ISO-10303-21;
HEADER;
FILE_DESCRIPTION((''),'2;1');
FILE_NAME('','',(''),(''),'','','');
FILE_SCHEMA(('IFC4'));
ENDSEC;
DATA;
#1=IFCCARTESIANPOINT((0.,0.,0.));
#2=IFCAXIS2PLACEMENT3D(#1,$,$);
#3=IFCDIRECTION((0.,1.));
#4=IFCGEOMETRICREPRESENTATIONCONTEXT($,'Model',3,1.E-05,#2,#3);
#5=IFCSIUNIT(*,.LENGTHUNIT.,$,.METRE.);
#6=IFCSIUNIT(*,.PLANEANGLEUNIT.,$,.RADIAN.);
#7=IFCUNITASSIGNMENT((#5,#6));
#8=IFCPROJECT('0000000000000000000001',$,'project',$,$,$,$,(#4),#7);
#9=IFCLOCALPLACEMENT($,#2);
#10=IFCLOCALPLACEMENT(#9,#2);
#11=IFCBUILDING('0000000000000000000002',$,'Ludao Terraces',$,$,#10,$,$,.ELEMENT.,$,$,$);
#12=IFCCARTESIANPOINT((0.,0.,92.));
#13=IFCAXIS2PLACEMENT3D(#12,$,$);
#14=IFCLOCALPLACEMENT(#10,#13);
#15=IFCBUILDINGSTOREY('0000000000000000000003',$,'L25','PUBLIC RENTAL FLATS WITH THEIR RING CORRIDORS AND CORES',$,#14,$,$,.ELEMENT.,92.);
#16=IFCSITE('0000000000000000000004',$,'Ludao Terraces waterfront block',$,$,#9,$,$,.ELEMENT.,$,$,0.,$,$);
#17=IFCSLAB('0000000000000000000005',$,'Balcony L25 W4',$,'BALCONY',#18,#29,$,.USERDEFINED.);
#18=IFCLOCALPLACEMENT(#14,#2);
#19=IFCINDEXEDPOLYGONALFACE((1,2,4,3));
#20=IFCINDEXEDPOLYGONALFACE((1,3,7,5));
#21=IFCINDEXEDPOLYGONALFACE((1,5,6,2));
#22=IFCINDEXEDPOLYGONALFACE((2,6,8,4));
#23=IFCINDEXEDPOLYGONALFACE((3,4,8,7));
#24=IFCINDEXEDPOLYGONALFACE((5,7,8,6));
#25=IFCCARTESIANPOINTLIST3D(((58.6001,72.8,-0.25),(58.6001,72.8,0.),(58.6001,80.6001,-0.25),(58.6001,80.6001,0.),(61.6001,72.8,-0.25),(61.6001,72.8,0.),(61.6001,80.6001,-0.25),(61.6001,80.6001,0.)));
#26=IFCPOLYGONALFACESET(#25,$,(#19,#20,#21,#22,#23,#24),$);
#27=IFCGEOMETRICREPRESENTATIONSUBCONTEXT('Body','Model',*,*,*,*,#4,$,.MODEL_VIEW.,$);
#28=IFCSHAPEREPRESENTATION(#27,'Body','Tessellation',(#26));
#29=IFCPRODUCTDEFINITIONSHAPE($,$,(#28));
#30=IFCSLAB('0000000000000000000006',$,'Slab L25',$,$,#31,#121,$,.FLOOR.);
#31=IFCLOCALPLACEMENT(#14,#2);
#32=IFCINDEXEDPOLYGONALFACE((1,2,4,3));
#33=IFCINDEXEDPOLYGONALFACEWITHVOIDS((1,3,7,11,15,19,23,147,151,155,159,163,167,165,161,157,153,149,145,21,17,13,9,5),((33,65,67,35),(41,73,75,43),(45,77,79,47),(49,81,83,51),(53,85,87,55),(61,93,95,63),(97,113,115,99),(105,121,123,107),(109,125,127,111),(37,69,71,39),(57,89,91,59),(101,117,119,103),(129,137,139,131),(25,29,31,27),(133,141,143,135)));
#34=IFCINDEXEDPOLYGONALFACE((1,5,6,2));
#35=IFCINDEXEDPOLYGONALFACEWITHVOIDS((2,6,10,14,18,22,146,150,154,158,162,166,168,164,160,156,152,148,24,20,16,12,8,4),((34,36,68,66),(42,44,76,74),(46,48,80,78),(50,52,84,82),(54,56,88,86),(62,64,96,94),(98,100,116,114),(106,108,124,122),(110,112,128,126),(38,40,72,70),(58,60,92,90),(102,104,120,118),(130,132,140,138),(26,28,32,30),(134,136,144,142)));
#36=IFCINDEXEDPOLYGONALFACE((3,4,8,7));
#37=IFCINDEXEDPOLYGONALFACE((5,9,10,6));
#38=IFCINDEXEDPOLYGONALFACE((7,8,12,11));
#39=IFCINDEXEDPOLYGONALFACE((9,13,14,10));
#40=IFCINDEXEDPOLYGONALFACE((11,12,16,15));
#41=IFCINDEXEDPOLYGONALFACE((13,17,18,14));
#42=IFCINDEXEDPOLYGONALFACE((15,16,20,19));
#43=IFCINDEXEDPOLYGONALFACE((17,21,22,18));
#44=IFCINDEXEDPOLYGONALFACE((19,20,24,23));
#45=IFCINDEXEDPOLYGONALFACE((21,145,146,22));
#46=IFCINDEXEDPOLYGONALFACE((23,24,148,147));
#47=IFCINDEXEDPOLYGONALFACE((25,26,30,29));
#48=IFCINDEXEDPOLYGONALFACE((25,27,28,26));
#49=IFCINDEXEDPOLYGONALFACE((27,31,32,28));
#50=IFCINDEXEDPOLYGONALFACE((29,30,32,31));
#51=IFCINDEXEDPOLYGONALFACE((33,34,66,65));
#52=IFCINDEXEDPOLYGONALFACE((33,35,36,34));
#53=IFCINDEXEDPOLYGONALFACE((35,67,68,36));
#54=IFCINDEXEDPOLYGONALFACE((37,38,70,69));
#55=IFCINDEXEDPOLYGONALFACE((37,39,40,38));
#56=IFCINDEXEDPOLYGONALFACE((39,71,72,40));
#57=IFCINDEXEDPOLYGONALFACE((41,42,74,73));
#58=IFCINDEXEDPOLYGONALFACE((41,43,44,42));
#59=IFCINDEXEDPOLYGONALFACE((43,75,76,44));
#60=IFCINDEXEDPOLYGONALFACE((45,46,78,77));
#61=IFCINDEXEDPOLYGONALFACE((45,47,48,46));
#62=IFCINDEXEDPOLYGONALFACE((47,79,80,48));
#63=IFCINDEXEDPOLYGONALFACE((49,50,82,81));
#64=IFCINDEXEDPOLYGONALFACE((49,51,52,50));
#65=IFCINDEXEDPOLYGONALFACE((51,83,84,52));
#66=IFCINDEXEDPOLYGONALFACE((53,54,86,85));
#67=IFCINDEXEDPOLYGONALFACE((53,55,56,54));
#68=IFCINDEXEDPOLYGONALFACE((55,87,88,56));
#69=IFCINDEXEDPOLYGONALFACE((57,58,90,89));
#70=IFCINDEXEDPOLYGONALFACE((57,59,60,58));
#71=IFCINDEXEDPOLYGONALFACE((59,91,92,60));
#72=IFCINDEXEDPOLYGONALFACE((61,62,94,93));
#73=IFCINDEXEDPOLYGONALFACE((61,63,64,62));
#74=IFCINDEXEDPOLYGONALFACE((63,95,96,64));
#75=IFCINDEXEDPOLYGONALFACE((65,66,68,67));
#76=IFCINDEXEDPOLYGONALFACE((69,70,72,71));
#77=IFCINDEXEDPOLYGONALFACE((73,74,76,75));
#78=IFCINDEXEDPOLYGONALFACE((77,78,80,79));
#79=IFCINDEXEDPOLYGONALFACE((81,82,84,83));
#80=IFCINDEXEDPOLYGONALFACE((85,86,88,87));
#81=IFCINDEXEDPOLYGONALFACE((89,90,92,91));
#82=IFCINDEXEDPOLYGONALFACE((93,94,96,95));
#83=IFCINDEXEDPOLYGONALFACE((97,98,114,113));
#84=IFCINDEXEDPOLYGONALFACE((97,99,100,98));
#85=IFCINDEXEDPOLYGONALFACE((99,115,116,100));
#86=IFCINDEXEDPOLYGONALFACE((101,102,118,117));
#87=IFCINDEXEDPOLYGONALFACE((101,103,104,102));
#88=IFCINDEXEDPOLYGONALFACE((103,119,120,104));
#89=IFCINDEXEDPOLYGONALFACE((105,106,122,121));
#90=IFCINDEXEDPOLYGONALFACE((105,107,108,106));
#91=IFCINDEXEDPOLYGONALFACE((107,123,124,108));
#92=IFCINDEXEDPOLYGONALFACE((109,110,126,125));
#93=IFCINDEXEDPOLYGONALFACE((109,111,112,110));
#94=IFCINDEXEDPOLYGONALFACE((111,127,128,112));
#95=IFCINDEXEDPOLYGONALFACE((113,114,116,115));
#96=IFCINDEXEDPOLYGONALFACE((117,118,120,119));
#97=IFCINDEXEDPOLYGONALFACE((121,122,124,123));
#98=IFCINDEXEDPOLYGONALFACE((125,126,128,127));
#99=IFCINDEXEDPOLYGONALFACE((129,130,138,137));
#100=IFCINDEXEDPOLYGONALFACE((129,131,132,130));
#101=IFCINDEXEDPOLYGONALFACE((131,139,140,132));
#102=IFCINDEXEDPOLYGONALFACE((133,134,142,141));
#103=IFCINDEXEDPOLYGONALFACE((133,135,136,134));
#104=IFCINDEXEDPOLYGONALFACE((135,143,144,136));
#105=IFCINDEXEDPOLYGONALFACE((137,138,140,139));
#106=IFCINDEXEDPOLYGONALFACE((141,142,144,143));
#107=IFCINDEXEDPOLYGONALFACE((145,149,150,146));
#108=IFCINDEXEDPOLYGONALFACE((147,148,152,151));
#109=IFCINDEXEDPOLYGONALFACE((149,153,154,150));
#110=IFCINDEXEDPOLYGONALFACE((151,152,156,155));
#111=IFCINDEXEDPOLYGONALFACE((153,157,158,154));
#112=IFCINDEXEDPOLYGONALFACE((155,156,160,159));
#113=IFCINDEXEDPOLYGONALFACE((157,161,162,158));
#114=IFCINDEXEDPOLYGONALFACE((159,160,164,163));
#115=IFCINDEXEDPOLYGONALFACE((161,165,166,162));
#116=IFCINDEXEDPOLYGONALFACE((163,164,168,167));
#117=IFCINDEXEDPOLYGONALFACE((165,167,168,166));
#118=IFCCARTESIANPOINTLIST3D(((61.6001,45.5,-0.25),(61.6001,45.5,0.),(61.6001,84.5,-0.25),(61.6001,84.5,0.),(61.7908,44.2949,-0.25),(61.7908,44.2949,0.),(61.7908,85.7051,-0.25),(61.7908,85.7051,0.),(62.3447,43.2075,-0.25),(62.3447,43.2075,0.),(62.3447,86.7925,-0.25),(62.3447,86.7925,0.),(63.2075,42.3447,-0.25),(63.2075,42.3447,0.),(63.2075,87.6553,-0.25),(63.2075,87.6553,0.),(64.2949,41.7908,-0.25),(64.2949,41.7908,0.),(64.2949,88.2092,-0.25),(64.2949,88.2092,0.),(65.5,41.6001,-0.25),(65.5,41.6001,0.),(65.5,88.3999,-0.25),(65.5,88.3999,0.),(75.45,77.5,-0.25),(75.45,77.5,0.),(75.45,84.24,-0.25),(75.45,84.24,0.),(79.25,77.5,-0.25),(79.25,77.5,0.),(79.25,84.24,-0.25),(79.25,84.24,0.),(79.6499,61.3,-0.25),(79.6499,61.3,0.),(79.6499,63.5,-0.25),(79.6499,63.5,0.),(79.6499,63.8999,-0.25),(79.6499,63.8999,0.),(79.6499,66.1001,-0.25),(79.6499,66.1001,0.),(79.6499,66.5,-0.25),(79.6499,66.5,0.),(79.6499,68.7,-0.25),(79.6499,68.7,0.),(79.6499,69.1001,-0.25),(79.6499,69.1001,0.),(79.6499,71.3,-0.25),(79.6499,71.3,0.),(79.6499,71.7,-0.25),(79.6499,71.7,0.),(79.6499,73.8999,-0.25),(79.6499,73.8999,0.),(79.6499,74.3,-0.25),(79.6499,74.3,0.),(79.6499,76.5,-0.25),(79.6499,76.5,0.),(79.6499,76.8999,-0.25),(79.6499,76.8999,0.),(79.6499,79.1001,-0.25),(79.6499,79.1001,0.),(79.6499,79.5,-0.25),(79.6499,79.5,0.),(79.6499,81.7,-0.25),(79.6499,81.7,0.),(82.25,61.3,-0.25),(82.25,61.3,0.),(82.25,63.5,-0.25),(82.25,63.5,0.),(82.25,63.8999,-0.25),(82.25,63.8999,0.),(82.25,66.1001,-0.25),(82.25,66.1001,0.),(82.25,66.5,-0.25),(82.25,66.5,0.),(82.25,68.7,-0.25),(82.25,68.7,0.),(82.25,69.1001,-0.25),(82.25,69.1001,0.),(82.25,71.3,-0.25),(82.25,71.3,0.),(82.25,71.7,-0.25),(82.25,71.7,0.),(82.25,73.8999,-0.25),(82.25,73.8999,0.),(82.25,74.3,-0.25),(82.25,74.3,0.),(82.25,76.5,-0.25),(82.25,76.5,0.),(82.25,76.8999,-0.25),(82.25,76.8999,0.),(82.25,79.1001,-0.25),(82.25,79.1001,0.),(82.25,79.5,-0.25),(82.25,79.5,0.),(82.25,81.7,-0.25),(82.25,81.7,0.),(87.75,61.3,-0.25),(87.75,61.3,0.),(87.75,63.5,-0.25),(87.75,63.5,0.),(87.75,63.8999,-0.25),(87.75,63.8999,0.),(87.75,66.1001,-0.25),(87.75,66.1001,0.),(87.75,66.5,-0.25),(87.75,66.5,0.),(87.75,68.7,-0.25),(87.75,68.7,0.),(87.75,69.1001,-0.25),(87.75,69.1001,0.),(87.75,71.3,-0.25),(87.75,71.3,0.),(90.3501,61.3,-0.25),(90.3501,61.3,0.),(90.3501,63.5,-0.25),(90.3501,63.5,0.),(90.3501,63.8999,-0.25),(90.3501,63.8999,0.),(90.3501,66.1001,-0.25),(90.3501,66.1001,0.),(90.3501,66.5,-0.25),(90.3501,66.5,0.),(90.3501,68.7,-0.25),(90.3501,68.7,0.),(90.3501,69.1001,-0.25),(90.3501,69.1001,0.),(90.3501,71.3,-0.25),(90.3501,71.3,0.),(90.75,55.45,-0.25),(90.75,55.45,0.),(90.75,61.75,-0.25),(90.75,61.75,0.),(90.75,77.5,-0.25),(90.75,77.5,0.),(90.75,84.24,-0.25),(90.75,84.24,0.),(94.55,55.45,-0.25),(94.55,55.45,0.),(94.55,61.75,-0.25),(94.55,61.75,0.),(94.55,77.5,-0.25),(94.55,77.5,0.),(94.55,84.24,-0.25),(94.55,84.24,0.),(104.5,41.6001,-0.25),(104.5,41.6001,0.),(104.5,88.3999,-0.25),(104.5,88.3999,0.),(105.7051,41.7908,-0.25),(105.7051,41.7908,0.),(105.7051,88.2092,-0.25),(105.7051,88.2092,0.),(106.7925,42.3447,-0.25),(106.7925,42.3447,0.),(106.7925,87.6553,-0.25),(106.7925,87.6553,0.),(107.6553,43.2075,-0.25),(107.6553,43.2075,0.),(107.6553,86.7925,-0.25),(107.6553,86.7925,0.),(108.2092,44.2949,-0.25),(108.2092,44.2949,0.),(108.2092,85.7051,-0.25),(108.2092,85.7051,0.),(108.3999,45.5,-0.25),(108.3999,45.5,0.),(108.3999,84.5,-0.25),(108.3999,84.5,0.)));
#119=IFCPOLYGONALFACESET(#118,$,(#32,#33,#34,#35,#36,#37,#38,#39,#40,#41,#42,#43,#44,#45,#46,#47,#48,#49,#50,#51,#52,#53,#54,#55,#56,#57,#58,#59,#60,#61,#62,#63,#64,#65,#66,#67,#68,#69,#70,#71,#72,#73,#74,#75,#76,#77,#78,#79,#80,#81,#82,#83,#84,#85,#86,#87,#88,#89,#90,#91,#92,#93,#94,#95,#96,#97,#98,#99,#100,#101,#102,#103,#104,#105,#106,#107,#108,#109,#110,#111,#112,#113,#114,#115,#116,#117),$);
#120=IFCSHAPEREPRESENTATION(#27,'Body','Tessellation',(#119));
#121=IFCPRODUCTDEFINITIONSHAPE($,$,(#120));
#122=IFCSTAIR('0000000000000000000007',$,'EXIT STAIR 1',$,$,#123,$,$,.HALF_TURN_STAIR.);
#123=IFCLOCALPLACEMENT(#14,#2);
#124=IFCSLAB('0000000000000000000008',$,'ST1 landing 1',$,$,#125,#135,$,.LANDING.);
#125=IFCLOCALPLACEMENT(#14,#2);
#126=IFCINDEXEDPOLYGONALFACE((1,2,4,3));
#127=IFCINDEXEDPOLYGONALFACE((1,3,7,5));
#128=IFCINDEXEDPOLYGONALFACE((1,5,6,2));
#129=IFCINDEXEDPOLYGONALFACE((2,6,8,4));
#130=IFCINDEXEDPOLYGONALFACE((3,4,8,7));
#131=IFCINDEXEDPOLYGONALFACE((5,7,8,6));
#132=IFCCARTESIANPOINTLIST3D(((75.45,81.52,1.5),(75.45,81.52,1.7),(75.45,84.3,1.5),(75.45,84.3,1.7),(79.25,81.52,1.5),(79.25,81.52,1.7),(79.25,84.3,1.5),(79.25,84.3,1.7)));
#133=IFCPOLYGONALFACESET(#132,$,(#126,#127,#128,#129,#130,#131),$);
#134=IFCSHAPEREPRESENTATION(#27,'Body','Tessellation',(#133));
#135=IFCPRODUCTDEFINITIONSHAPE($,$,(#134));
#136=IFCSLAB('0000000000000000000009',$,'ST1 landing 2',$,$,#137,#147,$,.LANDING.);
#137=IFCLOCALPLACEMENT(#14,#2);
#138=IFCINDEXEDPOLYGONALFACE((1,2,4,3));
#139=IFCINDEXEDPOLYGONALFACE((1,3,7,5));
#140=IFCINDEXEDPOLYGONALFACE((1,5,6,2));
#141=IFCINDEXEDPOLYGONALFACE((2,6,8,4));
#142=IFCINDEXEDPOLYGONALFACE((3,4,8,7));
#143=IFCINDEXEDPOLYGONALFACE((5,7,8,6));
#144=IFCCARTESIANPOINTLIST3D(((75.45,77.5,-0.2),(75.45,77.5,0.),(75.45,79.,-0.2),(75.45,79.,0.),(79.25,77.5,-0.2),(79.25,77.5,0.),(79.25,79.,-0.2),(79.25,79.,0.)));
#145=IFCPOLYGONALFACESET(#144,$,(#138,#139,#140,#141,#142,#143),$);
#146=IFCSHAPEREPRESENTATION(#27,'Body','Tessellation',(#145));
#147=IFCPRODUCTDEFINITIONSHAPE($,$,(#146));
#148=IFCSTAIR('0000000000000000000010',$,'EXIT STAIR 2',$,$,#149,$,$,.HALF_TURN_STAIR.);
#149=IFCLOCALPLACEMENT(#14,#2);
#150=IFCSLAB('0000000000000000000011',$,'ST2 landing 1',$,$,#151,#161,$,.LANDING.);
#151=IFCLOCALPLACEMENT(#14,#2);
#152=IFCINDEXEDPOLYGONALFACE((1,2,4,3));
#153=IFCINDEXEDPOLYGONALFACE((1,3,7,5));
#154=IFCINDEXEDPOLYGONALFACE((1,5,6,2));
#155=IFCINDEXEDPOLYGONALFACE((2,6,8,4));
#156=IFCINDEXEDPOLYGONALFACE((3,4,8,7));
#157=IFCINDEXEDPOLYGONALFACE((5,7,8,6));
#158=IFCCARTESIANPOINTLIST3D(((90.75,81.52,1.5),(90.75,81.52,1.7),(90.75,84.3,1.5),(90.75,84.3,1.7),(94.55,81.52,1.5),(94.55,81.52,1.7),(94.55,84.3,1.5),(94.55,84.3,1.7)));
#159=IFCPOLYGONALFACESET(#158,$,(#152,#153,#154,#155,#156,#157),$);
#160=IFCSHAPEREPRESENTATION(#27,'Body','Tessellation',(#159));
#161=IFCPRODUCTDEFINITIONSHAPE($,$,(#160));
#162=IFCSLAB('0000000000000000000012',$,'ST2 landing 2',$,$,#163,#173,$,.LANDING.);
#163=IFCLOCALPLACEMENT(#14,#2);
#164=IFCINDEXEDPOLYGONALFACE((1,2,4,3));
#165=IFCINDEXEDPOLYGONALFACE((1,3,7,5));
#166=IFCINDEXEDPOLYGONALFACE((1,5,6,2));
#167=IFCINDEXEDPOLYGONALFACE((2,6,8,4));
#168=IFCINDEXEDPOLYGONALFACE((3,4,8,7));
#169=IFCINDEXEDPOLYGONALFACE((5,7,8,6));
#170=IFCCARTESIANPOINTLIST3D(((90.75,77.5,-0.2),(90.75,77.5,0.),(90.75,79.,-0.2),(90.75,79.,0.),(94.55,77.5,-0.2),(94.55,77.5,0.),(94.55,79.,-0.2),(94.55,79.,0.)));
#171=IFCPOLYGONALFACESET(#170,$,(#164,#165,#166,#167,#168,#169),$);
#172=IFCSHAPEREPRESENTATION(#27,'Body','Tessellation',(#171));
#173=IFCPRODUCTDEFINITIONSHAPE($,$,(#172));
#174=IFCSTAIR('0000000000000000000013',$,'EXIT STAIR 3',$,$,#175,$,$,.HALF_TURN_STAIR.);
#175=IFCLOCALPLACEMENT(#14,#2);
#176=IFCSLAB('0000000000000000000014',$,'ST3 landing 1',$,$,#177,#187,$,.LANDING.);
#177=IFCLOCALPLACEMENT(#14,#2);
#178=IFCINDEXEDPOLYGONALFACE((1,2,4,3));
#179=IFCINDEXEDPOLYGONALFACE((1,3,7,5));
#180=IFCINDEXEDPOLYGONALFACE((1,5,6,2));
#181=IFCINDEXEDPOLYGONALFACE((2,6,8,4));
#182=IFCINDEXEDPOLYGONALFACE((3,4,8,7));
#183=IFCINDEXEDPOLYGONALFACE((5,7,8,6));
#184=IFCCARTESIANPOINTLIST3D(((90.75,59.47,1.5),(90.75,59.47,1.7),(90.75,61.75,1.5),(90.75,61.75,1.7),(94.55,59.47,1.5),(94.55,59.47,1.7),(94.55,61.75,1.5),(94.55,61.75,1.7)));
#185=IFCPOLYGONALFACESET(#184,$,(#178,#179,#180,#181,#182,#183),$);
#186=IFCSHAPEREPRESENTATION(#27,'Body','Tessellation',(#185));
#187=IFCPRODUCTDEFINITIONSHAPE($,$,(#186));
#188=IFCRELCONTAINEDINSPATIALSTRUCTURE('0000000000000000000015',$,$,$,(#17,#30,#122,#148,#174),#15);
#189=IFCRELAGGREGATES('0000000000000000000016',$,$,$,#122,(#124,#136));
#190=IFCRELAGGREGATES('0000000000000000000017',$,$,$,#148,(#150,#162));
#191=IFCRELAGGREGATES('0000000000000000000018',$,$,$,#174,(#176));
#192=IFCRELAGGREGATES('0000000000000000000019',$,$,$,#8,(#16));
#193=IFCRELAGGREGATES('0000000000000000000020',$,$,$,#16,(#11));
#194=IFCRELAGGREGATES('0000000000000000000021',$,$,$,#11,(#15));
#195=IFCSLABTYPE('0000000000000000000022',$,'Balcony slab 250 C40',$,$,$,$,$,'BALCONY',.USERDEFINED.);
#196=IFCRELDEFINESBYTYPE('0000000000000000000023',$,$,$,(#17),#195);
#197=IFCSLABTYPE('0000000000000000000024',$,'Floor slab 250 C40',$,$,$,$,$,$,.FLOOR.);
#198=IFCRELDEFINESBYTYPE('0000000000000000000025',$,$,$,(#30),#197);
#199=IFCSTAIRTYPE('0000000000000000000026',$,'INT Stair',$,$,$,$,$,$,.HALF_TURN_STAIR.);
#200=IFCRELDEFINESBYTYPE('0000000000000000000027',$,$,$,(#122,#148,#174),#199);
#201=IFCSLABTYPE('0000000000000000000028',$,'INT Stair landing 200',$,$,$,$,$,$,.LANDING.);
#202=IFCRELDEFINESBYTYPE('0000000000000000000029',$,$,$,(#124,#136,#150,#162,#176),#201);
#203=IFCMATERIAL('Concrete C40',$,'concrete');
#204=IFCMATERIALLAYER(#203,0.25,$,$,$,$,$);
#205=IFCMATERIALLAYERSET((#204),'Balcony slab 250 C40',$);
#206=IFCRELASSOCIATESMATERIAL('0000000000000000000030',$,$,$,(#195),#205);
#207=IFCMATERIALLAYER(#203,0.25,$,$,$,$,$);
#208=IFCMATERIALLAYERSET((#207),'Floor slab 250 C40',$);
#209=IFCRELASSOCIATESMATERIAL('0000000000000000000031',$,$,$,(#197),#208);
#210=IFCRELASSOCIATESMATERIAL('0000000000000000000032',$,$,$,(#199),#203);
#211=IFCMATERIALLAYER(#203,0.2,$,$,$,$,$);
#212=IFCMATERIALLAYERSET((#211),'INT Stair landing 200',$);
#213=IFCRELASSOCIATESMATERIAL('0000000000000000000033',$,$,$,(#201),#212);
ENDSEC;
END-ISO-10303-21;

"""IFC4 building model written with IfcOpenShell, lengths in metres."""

from ifc_helpers import new_model, si_unit, direction, frame, origin, place, context, subcontext, project, spatial, polyline, outline, extrude, material, layer, layer_set, type_object, element, aggregate, save


model = new_model("IFC4")

# Units and contexts
model_context = context("Model", 3, precision=1e-05, world=origin(), true_north=direction((0.0, 1.0)))
body_context = subcontext(model_context, "Body", "Model", "MODEL_VIEW")
ifc_project = project(units=[si_unit("LENGTHUNIT", "METRE"), si_unit("PLANEANGLEUNIT", "RADIAN")], contexts=[model_context])

# Site, building, storey
site_placement = place(None, origin())
site = spatial("IfcSite", under=ifc_project, at=site_placement, Name="Ludao Terraces waterfront block", CompositionType="ELEMENT", RefElevation=0.0)
building_placement = place(site_placement, origin())
building = spatial("IfcBuilding", under=site, at=building_placement, Name="Ludao Terraces", CompositionType="ELEMENT")
storey_placement = place(building_placement, frame((0.0, 0.0, 92.0)))
storey = spatial("IfcBuildingStorey", under=building, at=storey_placement, Name="L25", Description="PUBLIC RENTAL FLATS WITH THEIR RING CORRIDORS AND CORES", CompositionType="ELEMENT", Elevation=92.0)

# Shared definitions
ifc_material_1 = material(Name="Concrete C40", Category="concrete")

# Slabs
ifc_layer_1 = layer(ifc_material_1, 0.25)
ifc_layer_set_1 = layer_set([ifc_layer_1], Name="Balcony slab 250 C40")
slab_type_1 = type_object("IfcSlabType", Name="Balcony slab 250 C40", ElementType="BALCONY", PredefinedType="USERDEFINED", material=ifc_layer_set_1)
slab_1_placement = place(storey_placement, frame((0.0, 0.0, -0.25)))
element("IfcSlab", 1, at=slab_1_placement, inside=storey, type_object=slab_type_1, Name="Balcony L25 W4", ObjectType="BALCONY", PredefinedType="USERDEFINED", context=body_context, shape_type="SweptSolid", body=[
    extrude(outline(polyline([(58.6001, 72.8), (61.6001, 72.8), (61.6001, 80.6001), (58.6001, 80.6001), (58.6001, 72.8)])), origin(), (0.0, 0.0, 1.0), 0.25),
])
ifc_layer_2 = layer(ifc_material_1, 0.25)
ifc_layer_set_2 = layer_set([ifc_layer_2], Name="Floor slab 250 C40")
slab_type_2 = type_object("IfcSlabType", Name="Floor slab 250 C40", PredefinedType="FLOOR", material=ifc_layer_set_2)
slab_2_placement = place(storey_placement, frame((0.0, 0.0, -0.25)))
element("IfcSlab", 2, at=slab_2_placement, inside=storey, type_object=slab_type_2, Name="Slab L25", PredefinedType="FLOOR", context=body_context, shape_type="SweptSolid", body=[
    extrude(outline(polyline([(104.5, 41.6001), (105.7051, 41.7908), (106.7925, 42.3447), (107.6553, 43.2075), (108.2092, 44.2949), (108.3999, 45.5), (108.3999, 84.5), (108.2092, 85.7051), (107.6553, 86.7925), (106.7925, 87.6553), (105.7051, 88.2092), (104.5, 88.3999), (65.5, 88.3999), (64.2949, 88.2092), (63.2075, 87.6553), (62.3447, 86.7925), (61.7908, 85.7051), (61.6001, 84.5), (61.6001, 45.5), (61.7908, 44.2949), (62.3447, 43.2075), (63.2075, 42.3447), (64.2949, 41.7908), (65.5, 41.6001), (104.5, 41.6001)]), holes=[polyline([(79.6499, 61.3), (82.25, 61.3), (82.25, 63.5), (79.6499, 63.5), (79.6499, 61.3)]), polyline([(79.6499, 63.8999), (82.25, 63.8999), (82.25, 66.1001), (79.6499, 66.1001), (79.6499, 63.8999)]), polyline([(79.6499, 66.5), (82.25, 66.5), (82.25, 68.7), (79.6499, 68.7), (79.6499, 66.5)]), polyline([(79.6499, 69.1001), (82.25, 69.1001), (82.25, 71.3), (79.6499, 71.3), (79.6499, 69.1001)]), polyline([(79.6499, 71.7), (82.25, 71.7), (82.25, 73.8999), (79.6499, 73.8999), (79.6499, 71.7)]), polyline([(79.6499, 74.3), (82.25, 74.3), (82.25, 76.5), (79.6499, 76.5), (79.6499, 74.3)]), polyline([(79.6499, 76.8999), (82.25, 76.8999), (82.25, 79.1001), (79.6499, 79.1001), (79.6499, 76.8999)]), polyline([(79.6499, 79.5), (82.25, 79.5), (82.25, 81.7), (79.6499, 81.7), (79.6499, 79.5)]), polyline([(87.75, 61.3), (90.3501, 61.3), (90.3501, 63.5), (87.75, 63.5), (87.75, 61.3)]), polyline([(87.75, 63.8999), (90.3501, 63.8999), (90.3501, 66.1001), (87.75, 66.1001), (87.75, 63.8999)]), polyline([(87.75, 66.5), (90.3501, 66.5), (90.3501, 68.7), (87.75, 68.7), (87.75, 66.5)]), polyline([(87.75, 69.1001), (90.3501, 69.1001), (90.3501, 71.3), (87.75, 71.3), (87.75, 69.1001)]), polyline([(75.45, 77.5), (79.25, 77.5), (79.25, 84.24), (75.45, 84.24), (75.45, 77.5)]), polyline([(90.75, 77.5), (94.55, 77.5), (94.55, 84.24), (90.75, 84.24), (90.75, 77.5)]), polyline([(90.75, 55.45), (94.55, 55.45), (94.55, 61.75), (90.75, 61.75), (90.75, 55.45)])]), origin(), (0.0, 0.0, 1.0), 0.25),
])

# Stairs, slabs
stair_type = type_object("IfcStairType", Name="INT Stair", PredefinedType="HALF_TURN_STAIR", material=ifc_material_1)
stair_1_placement = place(storey_placement, origin())
stair_1 = element("IfcStair", 3, at=stair_1_placement, inside=storey, type_object=stair_type, Name="EXIT STAIR 1", PredefinedType="HALF_TURN_STAIR")
ifc_layer_3 = layer(ifc_material_1, 0.2)
ifc_layer_set_3 = layer_set([ifc_layer_3], Name="INT Stair landing 200")
slab_type_3 = type_object("IfcSlabType", Name="INT Stair landing 200", PredefinedType="LANDING", material=ifc_layer_set_3)
slab_3_placement = place(storey_placement, frame((0.0, 0.0, 1.5)))
slab_3 = element("IfcSlab", 4, at=slab_3_placement, type_object=slab_type_3, Name="ST1 landing 1", PredefinedType="LANDING", context=body_context, shape_type="SweptSolid", body=[
    extrude(outline(polyline([(75.45, 81.52), (79.25, 81.52), (79.25, 84.3), (75.45, 84.3), (75.45, 81.52)])), origin(), (0.0, 0.0, 1.0), 0.2),
])
slab_4_placement = place(storey_placement, frame((0.0, 0.0, -0.2)))
slab_4 = element("IfcSlab", 5, at=slab_4_placement, type_object=slab_type_3, Name="ST1 landing 2", PredefinedType="LANDING", context=body_context, shape_type="SweptSolid", body=[
    extrude(outline(polyline([(75.45, 77.5), (79.25, 77.5), (79.25, 79.0), (75.45, 79.0), (75.45, 77.5)])), origin(), (0.0, 0.0, 1.0), 0.2),
])
aggregate(stair_1, [slab_3, slab_4])
stair_2_placement = place(storey_placement, origin())
stair_2 = element("IfcStair", 6, at=stair_2_placement, inside=storey, type_object=stair_type, Name="EXIT STAIR 2", PredefinedType="HALF_TURN_STAIR")
slab_5_placement = place(storey_placement, frame((0.0, 0.0, 1.5)))
slab_5 = element("IfcSlab", 7, at=slab_5_placement, type_object=slab_type_3, Name="ST2 landing 1", PredefinedType="LANDING", context=body_context, shape_type="SweptSolid", body=[
    extrude(outline(polyline([(90.75, 81.52), (94.55, 81.52), (94.55, 84.3), (90.75, 84.3), (90.75, 81.52)])), origin(), (0.0, 0.0, 1.0), 0.2),
])
slab_6_placement = place(storey_placement, frame((0.0, 0.0, -0.2)))
slab_6 = element("IfcSlab", 8, at=slab_6_placement, type_object=slab_type_3, Name="ST2 landing 2", PredefinedType="LANDING", context=body_context, shape_type="SweptSolid", body=[
    extrude(outline(polyline([(90.75, 77.5), (94.55, 77.5), (94.55, 79.0), (90.75, 79.0), (90.75, 77.5)])), origin(), (0.0, 0.0, 1.0), 0.2),
])
aggregate(stair_2, [slab_5, slab_6])
stair_3_placement = place(storey_placement, origin())
stair_3 = element("IfcStair", 9, at=stair_3_placement, inside=storey, type_object=stair_type, Name="EXIT STAIR 3", PredefinedType="HALF_TURN_STAIR")
slab_7_placement = place(storey_placement, frame((0.0, 0.0, 1.5)))
slab_7 = element("IfcSlab", 10, at=slab_7_placement, type_object=slab_type_3, Name="ST3 landing 1", PredefinedType="LANDING", context=body_context, shape_type="SweptSolid", body=[
    extrude(outline(polyline([(90.75, 59.47), (94.55, 59.47), (94.55, 61.75), (90.75, 61.75), (90.75, 59.47)])), origin(), (0.0, 0.0, 1.0), 0.2),
])
aggregate(stair_3, [slab_7])

save(model, "model.ifc")
